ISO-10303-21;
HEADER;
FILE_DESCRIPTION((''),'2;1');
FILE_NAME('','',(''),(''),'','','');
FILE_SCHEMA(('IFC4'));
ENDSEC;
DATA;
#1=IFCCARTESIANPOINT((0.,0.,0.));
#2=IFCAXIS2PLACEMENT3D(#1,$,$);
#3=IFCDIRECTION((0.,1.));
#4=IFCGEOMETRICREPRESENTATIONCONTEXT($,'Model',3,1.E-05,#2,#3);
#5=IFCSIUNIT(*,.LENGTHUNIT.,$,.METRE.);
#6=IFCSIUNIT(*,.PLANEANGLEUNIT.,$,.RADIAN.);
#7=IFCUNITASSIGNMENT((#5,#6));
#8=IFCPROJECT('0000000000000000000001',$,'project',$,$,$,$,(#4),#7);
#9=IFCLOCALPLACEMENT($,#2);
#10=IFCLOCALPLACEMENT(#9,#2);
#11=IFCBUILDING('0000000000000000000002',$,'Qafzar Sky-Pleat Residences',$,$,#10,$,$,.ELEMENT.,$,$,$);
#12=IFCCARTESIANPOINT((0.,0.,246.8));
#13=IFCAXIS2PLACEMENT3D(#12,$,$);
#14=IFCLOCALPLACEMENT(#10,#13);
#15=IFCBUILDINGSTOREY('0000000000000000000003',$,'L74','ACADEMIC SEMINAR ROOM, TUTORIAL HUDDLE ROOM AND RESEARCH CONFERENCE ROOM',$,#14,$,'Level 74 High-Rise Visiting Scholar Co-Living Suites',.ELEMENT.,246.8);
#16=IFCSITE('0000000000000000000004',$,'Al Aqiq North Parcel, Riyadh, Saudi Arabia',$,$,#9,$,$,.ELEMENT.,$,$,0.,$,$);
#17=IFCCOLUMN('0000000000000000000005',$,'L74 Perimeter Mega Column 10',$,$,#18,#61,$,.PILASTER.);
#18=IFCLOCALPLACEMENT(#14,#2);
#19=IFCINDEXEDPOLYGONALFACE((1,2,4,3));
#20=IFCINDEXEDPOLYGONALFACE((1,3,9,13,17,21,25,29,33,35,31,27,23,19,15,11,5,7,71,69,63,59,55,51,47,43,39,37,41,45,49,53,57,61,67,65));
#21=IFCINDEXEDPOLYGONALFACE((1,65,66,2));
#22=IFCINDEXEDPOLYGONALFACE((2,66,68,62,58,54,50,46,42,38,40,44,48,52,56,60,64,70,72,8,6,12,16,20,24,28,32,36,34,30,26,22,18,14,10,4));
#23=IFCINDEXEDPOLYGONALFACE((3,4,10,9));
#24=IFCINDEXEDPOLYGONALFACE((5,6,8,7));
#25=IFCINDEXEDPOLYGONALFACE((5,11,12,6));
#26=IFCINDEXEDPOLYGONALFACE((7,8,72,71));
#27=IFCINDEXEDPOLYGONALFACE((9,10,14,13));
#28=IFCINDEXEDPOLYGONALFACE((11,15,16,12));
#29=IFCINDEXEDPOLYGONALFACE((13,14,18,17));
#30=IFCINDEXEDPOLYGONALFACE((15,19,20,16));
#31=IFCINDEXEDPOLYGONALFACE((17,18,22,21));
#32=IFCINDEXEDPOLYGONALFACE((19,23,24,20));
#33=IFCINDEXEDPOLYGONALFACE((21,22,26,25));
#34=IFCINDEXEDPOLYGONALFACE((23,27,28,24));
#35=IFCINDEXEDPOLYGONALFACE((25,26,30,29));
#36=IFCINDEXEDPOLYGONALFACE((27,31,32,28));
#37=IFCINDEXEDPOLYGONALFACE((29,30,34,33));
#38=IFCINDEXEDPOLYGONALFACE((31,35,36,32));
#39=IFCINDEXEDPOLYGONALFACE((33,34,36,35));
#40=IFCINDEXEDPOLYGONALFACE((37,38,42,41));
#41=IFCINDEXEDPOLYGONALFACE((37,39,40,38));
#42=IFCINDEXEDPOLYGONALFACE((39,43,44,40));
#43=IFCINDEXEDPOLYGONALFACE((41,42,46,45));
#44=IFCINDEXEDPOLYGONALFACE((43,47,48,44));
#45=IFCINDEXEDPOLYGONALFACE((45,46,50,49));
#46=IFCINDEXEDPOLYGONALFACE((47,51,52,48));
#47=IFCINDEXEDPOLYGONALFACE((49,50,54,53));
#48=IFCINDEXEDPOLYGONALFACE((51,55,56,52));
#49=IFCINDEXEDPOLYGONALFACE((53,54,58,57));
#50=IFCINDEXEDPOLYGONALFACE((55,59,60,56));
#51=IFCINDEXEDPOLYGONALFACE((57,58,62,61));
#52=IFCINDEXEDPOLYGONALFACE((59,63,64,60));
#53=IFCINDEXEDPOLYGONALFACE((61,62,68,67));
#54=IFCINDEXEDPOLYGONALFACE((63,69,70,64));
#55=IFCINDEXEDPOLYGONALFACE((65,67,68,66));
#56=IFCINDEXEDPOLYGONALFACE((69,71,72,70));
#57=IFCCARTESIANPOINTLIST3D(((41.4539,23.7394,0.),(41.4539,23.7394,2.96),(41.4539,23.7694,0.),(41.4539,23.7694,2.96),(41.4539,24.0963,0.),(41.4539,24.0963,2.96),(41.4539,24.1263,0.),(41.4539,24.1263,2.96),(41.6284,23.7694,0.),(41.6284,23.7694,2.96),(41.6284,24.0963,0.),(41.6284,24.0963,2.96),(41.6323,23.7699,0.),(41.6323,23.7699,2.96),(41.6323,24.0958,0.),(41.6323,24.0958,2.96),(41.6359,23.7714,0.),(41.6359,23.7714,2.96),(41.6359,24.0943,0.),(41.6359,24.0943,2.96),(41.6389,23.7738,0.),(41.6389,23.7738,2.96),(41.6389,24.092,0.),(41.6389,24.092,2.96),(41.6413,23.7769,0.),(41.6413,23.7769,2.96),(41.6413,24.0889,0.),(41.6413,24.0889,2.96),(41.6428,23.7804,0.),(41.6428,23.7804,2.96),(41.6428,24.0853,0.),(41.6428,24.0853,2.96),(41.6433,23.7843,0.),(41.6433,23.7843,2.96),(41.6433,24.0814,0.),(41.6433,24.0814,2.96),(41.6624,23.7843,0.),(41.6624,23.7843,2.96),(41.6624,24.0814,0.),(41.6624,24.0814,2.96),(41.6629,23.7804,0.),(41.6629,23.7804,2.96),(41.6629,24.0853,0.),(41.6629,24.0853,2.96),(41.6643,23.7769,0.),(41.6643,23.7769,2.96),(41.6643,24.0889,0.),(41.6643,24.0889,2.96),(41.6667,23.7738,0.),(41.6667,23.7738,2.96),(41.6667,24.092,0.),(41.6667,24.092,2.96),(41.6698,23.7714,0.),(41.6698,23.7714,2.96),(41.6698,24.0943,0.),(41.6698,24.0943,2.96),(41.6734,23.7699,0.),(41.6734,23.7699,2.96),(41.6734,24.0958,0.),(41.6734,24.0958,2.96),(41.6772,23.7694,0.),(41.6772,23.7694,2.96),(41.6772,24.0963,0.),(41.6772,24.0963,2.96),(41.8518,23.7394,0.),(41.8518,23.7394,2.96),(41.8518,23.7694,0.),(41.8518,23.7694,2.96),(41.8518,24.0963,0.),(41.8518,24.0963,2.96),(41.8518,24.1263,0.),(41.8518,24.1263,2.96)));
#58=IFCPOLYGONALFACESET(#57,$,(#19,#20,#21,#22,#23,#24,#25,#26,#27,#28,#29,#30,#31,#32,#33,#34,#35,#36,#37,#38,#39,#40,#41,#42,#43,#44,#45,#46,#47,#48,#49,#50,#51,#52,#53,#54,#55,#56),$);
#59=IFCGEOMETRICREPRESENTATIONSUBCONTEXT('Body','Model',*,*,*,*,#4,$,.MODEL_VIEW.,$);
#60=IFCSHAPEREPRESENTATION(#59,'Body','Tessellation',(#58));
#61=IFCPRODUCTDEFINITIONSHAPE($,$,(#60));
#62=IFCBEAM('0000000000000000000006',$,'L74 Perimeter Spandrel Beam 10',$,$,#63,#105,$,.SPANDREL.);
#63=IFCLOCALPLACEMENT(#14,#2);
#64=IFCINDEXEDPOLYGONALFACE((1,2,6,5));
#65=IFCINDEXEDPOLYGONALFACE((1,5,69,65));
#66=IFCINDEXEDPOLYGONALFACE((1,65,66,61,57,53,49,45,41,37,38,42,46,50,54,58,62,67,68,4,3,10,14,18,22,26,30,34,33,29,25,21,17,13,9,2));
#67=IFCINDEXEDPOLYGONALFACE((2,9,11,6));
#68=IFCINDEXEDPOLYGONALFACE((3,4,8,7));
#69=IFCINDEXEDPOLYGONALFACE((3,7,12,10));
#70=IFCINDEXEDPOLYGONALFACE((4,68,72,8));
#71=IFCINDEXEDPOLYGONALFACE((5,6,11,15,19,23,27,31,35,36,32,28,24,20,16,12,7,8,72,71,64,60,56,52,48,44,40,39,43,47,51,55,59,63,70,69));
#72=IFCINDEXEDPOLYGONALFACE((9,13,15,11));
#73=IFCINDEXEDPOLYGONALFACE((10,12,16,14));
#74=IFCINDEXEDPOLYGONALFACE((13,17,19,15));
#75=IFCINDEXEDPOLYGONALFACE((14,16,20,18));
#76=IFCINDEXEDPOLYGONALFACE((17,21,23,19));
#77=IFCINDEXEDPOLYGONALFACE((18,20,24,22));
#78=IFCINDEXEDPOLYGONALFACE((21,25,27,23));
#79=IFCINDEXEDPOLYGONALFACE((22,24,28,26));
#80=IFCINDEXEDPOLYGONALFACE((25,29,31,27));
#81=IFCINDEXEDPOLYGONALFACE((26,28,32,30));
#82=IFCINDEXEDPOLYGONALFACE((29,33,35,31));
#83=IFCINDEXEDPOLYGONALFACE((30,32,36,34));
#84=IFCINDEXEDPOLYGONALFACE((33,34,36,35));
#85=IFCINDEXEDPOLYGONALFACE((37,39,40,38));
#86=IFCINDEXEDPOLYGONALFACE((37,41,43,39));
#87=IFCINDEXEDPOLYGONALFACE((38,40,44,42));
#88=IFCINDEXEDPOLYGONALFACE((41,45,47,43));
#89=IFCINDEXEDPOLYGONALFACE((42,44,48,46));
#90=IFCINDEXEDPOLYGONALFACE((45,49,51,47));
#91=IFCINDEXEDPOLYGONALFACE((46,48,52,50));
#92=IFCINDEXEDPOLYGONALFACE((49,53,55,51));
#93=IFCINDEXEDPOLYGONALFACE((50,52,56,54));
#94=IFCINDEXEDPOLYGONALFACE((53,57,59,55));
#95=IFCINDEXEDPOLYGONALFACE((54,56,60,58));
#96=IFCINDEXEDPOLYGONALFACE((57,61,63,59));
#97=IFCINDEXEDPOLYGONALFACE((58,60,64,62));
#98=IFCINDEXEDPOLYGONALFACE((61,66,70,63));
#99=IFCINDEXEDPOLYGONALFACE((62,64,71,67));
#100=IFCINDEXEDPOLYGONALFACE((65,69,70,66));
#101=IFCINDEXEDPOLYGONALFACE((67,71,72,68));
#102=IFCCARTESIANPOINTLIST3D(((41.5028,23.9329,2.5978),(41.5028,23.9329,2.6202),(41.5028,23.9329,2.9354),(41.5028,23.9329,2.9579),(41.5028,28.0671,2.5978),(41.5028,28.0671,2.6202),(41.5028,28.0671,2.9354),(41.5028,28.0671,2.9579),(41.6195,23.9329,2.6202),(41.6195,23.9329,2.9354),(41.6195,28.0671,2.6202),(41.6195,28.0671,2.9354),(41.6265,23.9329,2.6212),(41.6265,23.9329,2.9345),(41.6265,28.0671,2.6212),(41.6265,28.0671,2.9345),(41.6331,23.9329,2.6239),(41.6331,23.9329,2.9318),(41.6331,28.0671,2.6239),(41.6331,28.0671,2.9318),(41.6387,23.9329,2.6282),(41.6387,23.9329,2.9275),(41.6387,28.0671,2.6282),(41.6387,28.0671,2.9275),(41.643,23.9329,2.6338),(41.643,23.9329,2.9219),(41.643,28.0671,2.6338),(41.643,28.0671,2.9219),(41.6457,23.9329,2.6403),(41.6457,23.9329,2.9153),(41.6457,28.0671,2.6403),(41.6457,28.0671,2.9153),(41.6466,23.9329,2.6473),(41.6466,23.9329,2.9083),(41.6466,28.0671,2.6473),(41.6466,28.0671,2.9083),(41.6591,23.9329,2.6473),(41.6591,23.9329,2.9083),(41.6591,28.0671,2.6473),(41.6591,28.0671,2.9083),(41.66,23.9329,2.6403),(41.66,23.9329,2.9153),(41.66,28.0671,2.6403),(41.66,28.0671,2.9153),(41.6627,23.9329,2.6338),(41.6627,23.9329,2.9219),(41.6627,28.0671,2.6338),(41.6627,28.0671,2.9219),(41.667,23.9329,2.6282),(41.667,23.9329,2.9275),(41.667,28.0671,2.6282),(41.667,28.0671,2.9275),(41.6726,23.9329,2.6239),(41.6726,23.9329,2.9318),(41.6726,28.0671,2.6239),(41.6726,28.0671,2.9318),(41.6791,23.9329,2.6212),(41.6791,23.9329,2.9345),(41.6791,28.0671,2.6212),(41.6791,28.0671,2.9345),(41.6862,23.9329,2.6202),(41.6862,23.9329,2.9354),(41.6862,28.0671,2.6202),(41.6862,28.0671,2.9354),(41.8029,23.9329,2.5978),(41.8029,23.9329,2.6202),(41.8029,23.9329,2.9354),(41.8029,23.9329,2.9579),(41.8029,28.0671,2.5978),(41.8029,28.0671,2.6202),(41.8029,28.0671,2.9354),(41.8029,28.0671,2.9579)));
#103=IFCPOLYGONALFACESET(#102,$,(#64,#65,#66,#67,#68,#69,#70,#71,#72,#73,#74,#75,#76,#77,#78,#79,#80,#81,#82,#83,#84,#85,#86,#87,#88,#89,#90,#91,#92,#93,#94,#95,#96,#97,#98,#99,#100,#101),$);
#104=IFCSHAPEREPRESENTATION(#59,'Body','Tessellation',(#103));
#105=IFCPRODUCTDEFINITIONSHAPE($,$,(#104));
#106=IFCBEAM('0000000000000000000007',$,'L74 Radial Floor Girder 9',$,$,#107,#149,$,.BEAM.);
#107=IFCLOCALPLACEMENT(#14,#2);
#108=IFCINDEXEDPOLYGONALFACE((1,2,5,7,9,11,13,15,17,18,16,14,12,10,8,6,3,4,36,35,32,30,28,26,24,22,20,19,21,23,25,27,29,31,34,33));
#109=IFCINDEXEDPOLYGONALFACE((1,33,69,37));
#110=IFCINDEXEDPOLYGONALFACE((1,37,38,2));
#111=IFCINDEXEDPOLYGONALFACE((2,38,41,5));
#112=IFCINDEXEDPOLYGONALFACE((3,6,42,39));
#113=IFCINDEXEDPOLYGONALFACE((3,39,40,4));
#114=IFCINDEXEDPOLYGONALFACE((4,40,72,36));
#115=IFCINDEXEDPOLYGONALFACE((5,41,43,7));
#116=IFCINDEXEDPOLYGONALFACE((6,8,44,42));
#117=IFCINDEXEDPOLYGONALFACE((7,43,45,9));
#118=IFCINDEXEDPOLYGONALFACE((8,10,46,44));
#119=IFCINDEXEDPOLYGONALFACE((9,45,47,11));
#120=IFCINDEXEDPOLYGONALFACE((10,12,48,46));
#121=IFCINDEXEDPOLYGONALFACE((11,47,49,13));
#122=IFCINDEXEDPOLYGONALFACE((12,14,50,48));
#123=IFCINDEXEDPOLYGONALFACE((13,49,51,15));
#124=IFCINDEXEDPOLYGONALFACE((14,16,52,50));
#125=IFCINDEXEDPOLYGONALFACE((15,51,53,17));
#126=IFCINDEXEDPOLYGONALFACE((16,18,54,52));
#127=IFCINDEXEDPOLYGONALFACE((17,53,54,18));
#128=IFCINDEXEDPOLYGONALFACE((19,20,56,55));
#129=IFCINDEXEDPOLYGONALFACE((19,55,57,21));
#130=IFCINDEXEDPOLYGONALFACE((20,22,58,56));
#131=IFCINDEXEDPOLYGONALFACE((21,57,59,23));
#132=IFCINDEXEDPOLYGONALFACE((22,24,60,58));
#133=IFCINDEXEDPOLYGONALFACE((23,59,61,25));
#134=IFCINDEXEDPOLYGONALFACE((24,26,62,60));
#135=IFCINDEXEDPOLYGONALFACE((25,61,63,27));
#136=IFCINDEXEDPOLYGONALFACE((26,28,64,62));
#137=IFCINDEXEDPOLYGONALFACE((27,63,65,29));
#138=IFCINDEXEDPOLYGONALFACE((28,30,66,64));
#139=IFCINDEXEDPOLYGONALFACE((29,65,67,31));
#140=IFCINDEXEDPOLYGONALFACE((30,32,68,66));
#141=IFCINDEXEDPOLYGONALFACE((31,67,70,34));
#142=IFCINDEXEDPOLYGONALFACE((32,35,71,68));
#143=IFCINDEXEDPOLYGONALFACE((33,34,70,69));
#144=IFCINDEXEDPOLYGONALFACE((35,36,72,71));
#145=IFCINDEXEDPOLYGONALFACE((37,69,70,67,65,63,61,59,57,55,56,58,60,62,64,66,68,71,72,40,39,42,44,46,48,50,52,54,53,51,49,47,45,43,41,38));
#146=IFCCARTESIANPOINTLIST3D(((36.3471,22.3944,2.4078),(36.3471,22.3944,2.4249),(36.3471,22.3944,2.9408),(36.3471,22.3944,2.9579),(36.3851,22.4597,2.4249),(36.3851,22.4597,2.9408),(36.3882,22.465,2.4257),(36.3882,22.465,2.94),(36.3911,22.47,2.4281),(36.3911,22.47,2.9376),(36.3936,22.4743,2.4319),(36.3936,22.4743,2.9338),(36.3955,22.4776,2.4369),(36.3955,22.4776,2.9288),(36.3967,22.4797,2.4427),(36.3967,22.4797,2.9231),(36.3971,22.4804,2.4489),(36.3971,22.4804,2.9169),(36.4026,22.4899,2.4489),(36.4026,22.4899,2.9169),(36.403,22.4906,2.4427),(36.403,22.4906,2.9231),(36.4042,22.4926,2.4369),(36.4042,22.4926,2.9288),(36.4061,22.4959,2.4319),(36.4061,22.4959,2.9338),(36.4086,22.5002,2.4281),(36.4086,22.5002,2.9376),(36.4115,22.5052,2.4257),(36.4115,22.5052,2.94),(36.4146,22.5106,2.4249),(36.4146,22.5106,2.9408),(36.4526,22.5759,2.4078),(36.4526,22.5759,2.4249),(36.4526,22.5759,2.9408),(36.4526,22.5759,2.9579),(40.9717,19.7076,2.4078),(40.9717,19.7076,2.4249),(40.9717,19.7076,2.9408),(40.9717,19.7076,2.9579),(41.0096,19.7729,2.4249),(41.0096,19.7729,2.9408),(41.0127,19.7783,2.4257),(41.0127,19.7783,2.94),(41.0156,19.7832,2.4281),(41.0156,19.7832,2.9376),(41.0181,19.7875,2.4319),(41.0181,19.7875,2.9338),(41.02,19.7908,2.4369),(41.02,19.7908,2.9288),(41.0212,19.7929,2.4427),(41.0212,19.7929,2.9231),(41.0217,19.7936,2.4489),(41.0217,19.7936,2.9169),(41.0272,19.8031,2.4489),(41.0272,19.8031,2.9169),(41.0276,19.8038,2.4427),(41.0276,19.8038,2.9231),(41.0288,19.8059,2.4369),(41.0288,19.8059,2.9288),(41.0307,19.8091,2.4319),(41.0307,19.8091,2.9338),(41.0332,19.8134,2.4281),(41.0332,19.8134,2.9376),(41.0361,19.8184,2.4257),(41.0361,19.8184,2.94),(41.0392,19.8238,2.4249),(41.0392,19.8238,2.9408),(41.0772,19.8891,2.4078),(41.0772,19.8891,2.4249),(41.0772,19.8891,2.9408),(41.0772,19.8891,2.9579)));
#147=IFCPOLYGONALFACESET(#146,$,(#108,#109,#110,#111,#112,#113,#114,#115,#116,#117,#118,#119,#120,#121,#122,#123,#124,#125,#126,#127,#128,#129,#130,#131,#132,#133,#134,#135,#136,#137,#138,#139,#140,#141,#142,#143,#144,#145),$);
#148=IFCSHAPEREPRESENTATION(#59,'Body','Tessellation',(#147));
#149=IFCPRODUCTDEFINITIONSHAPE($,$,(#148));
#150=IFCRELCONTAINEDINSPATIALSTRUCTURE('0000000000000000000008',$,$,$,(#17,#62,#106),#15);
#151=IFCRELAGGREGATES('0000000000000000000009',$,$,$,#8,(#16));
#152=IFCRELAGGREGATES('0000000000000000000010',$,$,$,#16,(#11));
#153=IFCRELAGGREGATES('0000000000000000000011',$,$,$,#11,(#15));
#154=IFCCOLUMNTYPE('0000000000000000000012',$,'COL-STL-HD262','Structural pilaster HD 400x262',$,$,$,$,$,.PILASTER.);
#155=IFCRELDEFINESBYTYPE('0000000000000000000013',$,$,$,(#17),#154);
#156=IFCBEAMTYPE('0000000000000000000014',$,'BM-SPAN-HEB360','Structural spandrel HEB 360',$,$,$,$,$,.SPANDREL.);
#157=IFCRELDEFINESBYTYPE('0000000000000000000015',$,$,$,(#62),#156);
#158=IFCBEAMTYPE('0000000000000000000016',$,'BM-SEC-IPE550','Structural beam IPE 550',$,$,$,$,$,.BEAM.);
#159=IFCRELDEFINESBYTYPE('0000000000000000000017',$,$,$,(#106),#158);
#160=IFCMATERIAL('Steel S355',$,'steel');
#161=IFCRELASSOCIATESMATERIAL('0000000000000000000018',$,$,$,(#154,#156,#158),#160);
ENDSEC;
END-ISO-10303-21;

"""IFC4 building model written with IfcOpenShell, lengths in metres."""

from ifc_helpers import new_model, si_unit, direction, frame, origin, origin_2d, place, context, subcontext, project, spatial, i_section, extrude, source, transform, mapped, material, material_profile, profile_set, type_object, element, save


model = new_model("IFC4")

# Units and contexts
model_context = context("Model", 3, precision=1e-05, world=origin(), true_north=direction((0.0, 1.0)))
body_context = subcontext(model_context, "Body", "Model", "MODEL_VIEW")
ifc_project = project(units=[si_unit("LENGTHUNIT", "METRE"), si_unit("PLANEANGLEUNIT", "RADIAN")], contexts=[model_context])

# Site, building, storey
site_placement = place(None, origin())
site = spatial("IfcSite", under=ifc_project, at=site_placement, Name="Al Aqiq North Parcel, Riyadh, Saudi Arabia", CompositionType="ELEMENT", RefElevation=0.0)
building_placement = place(site_placement, origin())
building = spatial("IfcBuilding", under=site, at=building_placement, Name="Qafzar Sky-Pleat Residences", CompositionType="ELEMENT")
storey_placement = place(building_placement, frame((0.0, 0.0, 246.8)))
storey = spatial("IfcBuildingStorey", under=building, at=storey_placement, Name="L74", Description="ACADEMIC SEMINAR ROOM, TUTORIAL HUDDLE ROOM AND RESEARCH CONFERENCE ROOM", LongName="Level 74 High-Rise Visiting Scholar Co-Living Suites", CompositionType="ELEMENT", Elevation=246.8)

# Column
ifc_material_1 = material(Name="Steel S355", Category="steel")
ifc_material_profile_1 = material_profile(ifc_material_1, i_section(OverallWidth=0.3979, OverallDepth=0.387, WebThickness=0.019, FlangeThickness=0.03, FilletRadius=0.0149, at=origin_2d()), Name="HD 400x262")
ifc_profile_set_1 = profile_set([ifc_material_profile_1], Name="Steel S355")
column_type = type_object("IfcColumnType", Name="COL-STL-HD262", Description="Structural pilaster HD 400x262", PredefinedType="PILASTER", material=ifc_profile_set_1)
shared_shape_1 = source(origin(), body_context, "Body", "SweptSolid", [
    extrude(i_section(OverallWidth=0.3979, OverallDepth=0.387, WebThickness=0.019, FlangeThickness=0.03, FilletRadius=0.0149, at=origin_2d()), origin(), (0.0, 0.0, 1.0), 2.96),
])
column_placement = place(storey_placement, frame((41.6528, 23.9329, 0.0), z_axis=(0.0, 0.0, 1.0), x_axis=(1.0, 0.0, 0.0)))
element("IfcColumn", 1, at=column_placement, inside=storey, type_object=column_type, Name="L74 Perimeter Mega Column 10", PredefinedType="PILASTER", context=body_context, shape_type="MappedRepresentation", body=[
    mapped(shared_shape_1, transform((0.0, 0.0, 0.0), x_axis=(1.0, 0.0, 0.0), y_axis=(0.0, 1.0, 0.0), z_axis=(0.0, 0.0, 1.0), scale=1.0)),
])

# Beams
ifc_material_profile_2 = material_profile(ifc_material_1, i_section(OverallWidth=0.3, OverallDepth=0.3601, WebThickness=0.0125, FlangeThickness=0.0225, FilletRadius=0.0271, at=origin_2d()), Name="HEB 360")
ifc_profile_set_2 = profile_set([ifc_material_profile_2], Name="Steel S355")
beam_type_1 = type_object("IfcBeamType", Name="BM-SPAN-HEB360", Description="Structural spandrel HEB 360", PredefinedType="SPANDREL", material=ifc_profile_set_2)
shared_shape_2 = source(origin(), body_context, "Body", "SweptSolid", [
    extrude(i_section(OverallWidth=0.3, OverallDepth=0.3601, WebThickness=0.0125, FlangeThickness=0.0225, FilletRadius=0.0271, at=origin_2d()), origin(), (0.0, 0.0, 1.0), 4.1343),
])
beam_1_placement = place(storey_placement, frame((41.6528, 23.9329, 2.7778), z_axis=(0.0, 1.0, 0.0), x_axis=(-1.0, 0.0, 0.0)))
element("IfcBeam", 2, at=beam_1_placement, inside=storey, type_object=beam_type_1, Name="L74 Perimeter Spandrel Beam 10", PredefinedType="SPANDREL", context=body_context, shape_type="MappedRepresentation", body=[
    mapped(shared_shape_2, transform((0.0, 0.0, 0.0), x_axis=(1.0, 0.0, 0.0), y_axis=(0.0, 1.0, 0.0), z_axis=(0.0, 0.0, 1.0), scale=1.0)),
])
ifc_material_profile_3 = material_profile(ifc_material_1, i_section(OverallWidth=0.21, OverallDepth=0.55, WebThickness=0.011, FlangeThickness=0.0171, FilletRadius=0.0239, at=origin_2d()), Name="IPE 550")
ifc_profile_set_3 = profile_set([ifc_material_profile_3], Name="Steel S355")
beam_type_2 = type_object("IfcBeamType", Name="BM-SEC-IPE550", Description="Structural beam IPE 550", PredefinedType="BEAM", material=ifc_profile_set_3)
shared_shape_3 = source(origin(), body_context, "Body", "SweptSolid", [
    extrude(i_section(OverallWidth=0.21, OverallDepth=0.55, WebThickness=0.011, FlangeThickness=0.0171, FilletRadius=0.0239, at=origin_2d()), origin(), (0.0, 0.0, 1.0), 5.3484),
])
beam_2_placement = place(storey_placement, frame((41.0244, 19.7983, 2.6829), z_axis=(-0.864662, 0.502355, 0.0), x_axis=(-0.502355, -0.864662, 0.0)))
element("IfcBeam", 3, at=beam_2_placement, inside=storey, type_object=beam_type_2, Name="L74 Radial Floor Girder 9", PredefinedType="BEAM", context=body_context, shape_type="MappedRepresentation", body=[
    mapped(shared_shape_3, transform((0.0, 0.0, 0.0), x_axis=(1.0, 0.0, 0.0), y_axis=(0.0, 1.0, 0.0), z_axis=(0.0, 0.0, 1.0), scale=1.0)),
])

save(model, "model.ifc")
